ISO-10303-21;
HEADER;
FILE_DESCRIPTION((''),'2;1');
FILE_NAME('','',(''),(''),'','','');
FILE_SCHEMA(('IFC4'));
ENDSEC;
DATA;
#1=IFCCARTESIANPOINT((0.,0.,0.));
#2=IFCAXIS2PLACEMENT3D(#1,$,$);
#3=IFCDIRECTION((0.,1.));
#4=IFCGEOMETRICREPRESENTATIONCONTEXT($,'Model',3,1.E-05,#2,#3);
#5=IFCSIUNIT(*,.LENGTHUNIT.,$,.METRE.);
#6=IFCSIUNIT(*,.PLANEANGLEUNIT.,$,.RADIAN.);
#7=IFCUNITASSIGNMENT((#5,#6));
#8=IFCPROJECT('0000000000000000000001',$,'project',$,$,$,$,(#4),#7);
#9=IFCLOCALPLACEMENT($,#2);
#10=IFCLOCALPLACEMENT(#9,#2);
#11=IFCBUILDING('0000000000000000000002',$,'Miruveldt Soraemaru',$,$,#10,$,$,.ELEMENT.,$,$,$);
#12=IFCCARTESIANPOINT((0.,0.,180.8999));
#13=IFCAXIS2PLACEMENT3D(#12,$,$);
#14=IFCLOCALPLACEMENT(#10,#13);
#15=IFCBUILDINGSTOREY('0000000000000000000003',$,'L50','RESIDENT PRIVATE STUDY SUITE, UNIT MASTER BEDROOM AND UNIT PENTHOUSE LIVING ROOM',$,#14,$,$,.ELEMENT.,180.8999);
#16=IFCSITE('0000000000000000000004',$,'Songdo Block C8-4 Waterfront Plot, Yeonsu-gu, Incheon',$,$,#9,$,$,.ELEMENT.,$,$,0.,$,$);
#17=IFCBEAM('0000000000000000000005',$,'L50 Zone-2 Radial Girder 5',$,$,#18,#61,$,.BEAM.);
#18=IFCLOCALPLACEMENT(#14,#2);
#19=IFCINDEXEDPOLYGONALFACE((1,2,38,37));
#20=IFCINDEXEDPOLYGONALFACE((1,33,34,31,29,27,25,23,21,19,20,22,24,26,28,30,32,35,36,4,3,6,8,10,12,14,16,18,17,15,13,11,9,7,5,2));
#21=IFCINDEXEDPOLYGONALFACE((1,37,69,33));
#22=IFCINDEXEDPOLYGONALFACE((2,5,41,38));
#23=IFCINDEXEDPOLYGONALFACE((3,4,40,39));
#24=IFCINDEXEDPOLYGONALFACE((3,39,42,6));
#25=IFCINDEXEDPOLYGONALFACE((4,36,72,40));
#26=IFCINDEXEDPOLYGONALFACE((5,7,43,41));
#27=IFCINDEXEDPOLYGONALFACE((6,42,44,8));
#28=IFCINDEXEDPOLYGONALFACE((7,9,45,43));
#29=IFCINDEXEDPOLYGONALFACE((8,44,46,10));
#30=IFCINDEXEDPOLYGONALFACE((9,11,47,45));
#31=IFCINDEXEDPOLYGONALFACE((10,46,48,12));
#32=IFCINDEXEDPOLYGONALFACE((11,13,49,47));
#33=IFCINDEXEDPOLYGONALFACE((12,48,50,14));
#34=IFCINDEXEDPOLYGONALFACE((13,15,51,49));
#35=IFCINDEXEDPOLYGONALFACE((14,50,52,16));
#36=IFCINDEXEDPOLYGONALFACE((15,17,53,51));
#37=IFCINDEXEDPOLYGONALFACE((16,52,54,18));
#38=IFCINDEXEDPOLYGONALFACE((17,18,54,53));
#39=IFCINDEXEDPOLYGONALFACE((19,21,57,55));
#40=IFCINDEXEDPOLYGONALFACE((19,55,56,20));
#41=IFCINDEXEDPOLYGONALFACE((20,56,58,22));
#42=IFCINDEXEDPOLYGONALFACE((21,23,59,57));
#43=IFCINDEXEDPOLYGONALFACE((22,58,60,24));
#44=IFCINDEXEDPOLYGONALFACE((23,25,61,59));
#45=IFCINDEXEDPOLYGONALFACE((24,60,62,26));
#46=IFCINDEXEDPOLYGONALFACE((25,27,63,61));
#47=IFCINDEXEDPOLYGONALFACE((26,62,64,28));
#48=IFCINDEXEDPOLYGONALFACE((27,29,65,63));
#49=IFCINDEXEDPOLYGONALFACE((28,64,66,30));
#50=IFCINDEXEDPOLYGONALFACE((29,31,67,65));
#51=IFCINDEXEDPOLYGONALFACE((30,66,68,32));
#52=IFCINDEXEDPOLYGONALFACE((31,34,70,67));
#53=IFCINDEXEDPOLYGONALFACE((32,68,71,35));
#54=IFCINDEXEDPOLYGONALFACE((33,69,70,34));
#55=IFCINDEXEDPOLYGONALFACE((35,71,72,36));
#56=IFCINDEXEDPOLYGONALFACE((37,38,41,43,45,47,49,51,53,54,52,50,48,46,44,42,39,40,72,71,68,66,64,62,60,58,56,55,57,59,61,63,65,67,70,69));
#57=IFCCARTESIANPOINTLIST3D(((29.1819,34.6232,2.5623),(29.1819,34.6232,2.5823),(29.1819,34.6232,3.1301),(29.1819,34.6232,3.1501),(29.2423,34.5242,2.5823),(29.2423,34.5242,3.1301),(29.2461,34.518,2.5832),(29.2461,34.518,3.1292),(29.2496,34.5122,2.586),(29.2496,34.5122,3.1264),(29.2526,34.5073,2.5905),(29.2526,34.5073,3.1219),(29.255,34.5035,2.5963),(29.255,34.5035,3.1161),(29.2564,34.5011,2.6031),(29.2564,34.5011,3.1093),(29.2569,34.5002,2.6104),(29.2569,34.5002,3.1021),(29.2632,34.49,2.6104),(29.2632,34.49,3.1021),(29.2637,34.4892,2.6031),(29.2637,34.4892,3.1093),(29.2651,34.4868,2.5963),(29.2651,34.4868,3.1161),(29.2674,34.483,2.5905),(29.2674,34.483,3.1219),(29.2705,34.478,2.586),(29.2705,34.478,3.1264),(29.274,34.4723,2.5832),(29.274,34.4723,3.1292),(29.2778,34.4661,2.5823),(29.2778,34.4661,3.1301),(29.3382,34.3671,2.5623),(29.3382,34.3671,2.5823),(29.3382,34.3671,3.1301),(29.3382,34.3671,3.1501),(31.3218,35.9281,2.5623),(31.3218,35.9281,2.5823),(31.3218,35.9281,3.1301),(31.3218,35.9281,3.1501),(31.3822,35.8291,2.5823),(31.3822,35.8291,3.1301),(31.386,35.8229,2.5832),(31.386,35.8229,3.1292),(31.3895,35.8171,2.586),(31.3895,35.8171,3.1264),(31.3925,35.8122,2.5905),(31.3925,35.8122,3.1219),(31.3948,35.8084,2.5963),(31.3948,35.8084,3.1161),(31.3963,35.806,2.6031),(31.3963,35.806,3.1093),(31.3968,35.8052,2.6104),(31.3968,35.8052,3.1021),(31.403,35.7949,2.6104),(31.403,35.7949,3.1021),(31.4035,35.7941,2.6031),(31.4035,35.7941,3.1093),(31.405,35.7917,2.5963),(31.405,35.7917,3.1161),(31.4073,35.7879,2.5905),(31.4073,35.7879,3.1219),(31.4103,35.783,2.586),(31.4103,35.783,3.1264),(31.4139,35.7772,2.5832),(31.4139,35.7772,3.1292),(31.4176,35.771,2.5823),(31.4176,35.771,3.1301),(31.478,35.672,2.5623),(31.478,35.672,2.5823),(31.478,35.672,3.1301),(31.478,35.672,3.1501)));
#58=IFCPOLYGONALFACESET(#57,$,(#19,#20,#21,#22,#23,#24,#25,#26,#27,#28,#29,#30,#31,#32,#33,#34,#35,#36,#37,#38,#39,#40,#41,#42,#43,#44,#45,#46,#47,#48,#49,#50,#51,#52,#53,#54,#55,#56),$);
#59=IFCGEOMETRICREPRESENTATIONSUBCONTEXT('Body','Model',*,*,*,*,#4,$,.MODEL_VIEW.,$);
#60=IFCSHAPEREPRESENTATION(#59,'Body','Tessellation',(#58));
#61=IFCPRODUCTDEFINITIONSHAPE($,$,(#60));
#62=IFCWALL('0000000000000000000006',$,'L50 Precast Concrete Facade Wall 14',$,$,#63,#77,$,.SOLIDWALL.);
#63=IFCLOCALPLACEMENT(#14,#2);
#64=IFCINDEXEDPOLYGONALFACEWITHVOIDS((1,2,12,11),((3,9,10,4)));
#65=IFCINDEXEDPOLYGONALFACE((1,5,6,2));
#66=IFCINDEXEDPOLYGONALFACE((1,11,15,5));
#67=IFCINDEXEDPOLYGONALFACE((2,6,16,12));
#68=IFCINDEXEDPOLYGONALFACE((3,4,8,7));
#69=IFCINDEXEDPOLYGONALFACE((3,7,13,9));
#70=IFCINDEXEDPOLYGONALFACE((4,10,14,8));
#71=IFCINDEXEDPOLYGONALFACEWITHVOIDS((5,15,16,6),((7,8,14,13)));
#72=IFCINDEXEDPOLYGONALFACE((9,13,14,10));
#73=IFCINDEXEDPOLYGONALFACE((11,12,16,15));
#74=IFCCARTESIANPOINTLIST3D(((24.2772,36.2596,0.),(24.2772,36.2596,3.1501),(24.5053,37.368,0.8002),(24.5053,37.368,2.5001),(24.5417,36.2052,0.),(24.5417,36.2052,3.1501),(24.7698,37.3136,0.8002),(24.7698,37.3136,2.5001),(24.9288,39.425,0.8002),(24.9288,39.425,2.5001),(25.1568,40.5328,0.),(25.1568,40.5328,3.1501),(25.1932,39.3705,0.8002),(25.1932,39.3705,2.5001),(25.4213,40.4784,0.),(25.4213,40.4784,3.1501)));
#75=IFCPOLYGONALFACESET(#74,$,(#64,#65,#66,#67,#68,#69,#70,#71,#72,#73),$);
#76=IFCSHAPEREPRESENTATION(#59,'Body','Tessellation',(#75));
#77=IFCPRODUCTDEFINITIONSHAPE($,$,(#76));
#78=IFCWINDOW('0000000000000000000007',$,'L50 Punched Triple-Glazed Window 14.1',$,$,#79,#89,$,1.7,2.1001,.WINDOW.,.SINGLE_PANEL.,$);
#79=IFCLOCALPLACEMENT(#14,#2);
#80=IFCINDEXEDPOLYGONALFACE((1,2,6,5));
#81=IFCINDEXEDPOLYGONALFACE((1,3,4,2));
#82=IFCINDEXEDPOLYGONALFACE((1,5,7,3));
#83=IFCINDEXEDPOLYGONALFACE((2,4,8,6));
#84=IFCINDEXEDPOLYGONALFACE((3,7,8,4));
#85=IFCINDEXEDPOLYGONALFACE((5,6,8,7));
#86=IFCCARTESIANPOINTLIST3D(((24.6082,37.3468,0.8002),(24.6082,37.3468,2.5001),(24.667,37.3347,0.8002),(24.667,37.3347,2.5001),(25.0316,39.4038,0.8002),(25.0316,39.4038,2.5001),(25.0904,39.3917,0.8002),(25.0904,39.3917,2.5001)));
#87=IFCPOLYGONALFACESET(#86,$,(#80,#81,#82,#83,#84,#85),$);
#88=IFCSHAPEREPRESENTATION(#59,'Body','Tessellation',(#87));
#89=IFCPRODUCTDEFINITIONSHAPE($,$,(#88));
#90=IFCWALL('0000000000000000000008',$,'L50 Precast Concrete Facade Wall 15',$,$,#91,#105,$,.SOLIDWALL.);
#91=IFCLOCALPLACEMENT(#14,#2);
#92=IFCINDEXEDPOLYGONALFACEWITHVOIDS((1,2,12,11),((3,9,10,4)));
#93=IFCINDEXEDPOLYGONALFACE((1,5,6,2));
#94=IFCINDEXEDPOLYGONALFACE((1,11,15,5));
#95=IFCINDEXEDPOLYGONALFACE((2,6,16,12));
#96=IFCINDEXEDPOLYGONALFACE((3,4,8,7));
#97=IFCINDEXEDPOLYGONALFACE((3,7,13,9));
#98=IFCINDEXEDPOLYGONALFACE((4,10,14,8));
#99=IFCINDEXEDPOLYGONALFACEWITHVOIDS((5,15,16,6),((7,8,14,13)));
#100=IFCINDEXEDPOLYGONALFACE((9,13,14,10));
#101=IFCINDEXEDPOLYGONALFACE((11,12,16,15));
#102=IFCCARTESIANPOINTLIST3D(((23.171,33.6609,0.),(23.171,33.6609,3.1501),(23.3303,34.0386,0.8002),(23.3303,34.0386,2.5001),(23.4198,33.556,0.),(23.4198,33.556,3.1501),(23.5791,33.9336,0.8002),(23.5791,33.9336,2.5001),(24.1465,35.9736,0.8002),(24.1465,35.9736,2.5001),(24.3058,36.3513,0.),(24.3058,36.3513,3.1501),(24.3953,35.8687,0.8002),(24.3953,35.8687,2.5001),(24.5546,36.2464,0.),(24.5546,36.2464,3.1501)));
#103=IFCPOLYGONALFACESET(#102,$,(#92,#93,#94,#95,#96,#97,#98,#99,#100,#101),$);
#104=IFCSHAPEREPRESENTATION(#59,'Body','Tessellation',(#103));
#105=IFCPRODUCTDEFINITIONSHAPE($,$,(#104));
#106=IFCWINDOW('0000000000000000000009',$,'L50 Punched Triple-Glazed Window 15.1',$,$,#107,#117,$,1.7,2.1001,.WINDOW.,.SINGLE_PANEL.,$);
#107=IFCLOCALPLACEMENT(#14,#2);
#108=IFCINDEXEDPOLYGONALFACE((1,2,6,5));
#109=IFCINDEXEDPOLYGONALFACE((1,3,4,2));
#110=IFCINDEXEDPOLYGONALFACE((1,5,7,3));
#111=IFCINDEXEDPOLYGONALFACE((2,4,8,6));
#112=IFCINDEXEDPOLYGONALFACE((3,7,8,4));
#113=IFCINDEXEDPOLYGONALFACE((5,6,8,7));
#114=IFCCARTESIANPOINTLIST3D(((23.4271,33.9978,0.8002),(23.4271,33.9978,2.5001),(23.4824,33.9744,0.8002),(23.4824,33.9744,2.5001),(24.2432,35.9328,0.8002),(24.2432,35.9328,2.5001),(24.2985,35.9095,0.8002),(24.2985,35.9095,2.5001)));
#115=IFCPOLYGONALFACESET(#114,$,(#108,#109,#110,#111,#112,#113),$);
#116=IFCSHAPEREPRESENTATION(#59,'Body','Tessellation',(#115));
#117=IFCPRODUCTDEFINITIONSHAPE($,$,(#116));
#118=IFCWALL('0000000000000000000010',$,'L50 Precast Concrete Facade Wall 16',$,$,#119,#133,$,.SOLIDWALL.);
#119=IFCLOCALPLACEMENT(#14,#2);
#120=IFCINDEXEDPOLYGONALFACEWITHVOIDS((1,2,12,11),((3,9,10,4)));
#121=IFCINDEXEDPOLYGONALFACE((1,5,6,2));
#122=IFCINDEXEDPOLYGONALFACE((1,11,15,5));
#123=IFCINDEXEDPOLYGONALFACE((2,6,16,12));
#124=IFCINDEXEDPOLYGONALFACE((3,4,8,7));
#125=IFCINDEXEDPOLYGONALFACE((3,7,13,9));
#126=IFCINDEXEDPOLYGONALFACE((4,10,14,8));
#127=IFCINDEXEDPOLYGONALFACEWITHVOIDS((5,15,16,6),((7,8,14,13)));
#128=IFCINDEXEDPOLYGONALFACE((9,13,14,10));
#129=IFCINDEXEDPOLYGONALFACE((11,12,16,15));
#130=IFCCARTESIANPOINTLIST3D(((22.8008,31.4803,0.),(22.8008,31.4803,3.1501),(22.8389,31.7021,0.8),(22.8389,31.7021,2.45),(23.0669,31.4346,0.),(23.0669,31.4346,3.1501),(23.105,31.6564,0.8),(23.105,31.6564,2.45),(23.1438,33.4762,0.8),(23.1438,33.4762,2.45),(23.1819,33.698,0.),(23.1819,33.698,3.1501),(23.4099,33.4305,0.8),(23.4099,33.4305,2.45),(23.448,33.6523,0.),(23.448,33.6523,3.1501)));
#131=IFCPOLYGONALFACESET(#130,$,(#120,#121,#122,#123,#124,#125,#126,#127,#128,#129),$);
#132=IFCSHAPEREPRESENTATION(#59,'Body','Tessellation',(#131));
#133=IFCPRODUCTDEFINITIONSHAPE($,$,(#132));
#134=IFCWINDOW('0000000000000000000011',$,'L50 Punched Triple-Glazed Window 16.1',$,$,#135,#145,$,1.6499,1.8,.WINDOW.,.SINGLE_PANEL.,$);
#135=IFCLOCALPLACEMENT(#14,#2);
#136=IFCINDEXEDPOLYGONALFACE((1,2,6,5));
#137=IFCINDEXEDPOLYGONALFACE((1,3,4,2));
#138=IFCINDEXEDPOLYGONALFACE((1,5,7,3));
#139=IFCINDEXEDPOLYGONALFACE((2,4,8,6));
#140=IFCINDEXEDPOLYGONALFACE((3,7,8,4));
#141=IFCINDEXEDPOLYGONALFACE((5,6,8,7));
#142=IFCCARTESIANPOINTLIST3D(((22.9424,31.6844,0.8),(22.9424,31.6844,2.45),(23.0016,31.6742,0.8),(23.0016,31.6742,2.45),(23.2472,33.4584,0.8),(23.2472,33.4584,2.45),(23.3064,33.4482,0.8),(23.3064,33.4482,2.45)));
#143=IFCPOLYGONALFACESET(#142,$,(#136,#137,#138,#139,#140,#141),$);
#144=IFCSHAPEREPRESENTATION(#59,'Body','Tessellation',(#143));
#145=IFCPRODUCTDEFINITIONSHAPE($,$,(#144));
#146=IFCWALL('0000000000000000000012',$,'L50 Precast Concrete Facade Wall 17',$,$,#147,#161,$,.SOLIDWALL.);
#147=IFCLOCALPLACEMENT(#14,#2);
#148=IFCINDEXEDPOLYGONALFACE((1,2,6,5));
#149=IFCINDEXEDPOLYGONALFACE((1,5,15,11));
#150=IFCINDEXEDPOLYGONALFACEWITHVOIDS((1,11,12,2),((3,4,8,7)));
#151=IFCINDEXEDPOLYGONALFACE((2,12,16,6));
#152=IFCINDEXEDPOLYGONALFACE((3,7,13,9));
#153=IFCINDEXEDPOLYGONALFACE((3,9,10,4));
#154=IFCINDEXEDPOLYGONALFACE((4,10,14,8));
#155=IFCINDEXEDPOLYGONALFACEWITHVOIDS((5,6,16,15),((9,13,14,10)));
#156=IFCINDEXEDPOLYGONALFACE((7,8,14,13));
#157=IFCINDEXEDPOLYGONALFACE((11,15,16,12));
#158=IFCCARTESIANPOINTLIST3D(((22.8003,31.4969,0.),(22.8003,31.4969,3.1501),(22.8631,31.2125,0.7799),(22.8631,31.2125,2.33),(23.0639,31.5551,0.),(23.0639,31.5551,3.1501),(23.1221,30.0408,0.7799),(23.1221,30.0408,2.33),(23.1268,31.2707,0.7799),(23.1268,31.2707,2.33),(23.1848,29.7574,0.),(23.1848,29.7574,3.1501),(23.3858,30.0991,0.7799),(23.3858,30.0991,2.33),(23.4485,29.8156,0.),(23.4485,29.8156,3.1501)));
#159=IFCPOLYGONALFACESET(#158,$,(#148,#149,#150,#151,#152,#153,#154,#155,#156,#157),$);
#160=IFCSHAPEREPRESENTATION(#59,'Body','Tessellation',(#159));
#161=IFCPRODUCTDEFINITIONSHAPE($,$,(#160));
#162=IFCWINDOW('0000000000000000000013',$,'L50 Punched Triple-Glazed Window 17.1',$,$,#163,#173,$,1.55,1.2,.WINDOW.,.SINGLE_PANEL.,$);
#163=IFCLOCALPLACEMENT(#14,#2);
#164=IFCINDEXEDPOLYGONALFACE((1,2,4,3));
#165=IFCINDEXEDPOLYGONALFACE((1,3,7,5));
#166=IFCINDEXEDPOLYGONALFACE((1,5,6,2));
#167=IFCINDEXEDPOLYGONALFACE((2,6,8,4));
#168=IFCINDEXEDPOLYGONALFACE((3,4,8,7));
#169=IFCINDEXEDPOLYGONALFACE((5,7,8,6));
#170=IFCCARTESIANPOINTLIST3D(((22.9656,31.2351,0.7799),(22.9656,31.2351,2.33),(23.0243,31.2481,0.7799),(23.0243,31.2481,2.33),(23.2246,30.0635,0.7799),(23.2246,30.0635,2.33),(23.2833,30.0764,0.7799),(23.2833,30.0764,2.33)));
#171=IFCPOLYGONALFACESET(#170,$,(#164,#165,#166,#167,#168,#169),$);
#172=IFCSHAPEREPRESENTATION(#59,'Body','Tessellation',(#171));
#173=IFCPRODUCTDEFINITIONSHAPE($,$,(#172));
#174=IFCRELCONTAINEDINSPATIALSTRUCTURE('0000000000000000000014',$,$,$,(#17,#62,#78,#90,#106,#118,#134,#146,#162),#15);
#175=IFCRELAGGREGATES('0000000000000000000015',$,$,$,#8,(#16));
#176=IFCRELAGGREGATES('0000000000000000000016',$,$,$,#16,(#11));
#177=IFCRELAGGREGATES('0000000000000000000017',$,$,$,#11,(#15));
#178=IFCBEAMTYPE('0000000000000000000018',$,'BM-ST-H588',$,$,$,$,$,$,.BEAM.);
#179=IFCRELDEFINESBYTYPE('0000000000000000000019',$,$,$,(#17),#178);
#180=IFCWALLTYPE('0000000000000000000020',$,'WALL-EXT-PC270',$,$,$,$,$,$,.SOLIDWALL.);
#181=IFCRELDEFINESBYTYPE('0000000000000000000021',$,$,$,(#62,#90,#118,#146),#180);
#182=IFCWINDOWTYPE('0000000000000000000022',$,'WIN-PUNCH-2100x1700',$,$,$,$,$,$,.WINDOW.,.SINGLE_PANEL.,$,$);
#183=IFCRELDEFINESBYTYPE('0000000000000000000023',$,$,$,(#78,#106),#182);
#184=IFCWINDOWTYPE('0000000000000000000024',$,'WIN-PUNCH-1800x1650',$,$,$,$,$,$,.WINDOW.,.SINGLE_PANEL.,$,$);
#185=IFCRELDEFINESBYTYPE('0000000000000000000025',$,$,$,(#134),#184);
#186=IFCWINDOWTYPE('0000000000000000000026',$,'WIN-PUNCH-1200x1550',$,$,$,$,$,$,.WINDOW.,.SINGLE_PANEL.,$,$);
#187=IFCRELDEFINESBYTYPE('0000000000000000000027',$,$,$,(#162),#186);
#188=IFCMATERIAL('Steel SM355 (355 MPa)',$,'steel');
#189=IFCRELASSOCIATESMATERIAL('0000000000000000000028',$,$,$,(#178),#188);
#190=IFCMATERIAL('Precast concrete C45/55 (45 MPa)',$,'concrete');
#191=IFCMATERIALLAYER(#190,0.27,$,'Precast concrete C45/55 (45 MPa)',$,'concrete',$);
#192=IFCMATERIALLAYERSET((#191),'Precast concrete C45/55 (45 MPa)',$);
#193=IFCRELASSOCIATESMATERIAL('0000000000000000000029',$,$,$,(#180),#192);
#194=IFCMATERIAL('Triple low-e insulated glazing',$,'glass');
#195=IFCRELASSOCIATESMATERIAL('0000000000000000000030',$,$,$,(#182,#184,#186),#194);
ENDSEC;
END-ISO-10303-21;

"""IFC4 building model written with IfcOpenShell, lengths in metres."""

from ifc_helpers import new_model, si_unit, direction, frame, frame_2d, origin, origin_2d, place, context, subcontext, project, spatial, rectangle, i_section, extrude, material, layer, layer_set, material_profile, profile_set, type_object, element, fill, save


model = new_model("IFC4")

# Units and contexts
model_context = context("Model", 3, precision=1e-05, world=origin(), true_north=direction((0.0, 1.0)))
body_context = subcontext(model_context, "Body", "Model", "MODEL_VIEW")
ifc_project = project(units=[si_unit("LENGTHUNIT", "METRE"), si_unit("PLANEANGLEUNIT", "RADIAN")], contexts=[model_context])

# Site, building, storey
site_placement = place(None, origin())
site = spatial("IfcSite", under=ifc_project, at=site_placement, Name="Songdo Block C8-4 Waterfront Plot, Yeonsu-gu, Incheon", CompositionType="ELEMENT", RefElevation=0.0)
building_placement = place(site_placement, origin())
building = spatial("IfcBuilding", under=site, at=building_placement, Name="Miruveldt Soraemaru", CompositionType="ELEMENT")
storey_placement = place(building_placement, frame((0.0, 0.0, 180.8999)))
storey = spatial("IfcBuildingStorey", under=building, at=storey_placement, Name="L50", Description="RESIDENT PRIVATE STUDY SUITE, UNIT MASTER BEDROOM AND UNIT PENTHOUSE LIVING ROOM", CompositionType="ELEMENT", Elevation=180.8999)

# Beam
ifc_material_1 = material(Name="Steel SM355 (355 MPa)", Category="steel")
ifc_material_profile_1 = material_profile(ifc_material_1, i_section(OverallWidth=0.3, OverallDepth=0.5879, WebThickness=0.012, FlangeThickness=0.02, FilletRadius=0.0281, at=origin_2d()), Name="Steel SM355 (355 MPa)", Category="steel")
ifc_profile_set_1 = profile_set([ifc_material_profile_1], Name="Steel SM355 (355 MPa)")
beam_type_1 = type_object("IfcBeamType", Name="BM-ST-H588", PredefinedType="BEAM", material=ifc_profile_set_1)
beam_1_placement = place(storey_placement, frame((31.3999, 35.8, 2.8562), z_axis=(-0.853775, -0.520642, 0.0), x_axis=(0.520642, -0.853775, 0.0)))
element("IfcBeam", 1, at=beam_1_placement, inside=storey, type_object=beam_type_1, Name="L50 Zone-2 Radial Girder 5", PredefinedType="BEAM", context=body_context, shape_type="SweptSolid", body=[
    extrude(i_section(OverallWidth=0.3, OverallDepth=0.5879, WebThickness=0.012, FlangeThickness=0.02, FilletRadius=0.0281, at=origin_2d()), origin(), (0.0, 0.0, 1.0), 2.5063),
])

# Walls, openings, windows
ifc_material_2 = material(Name="Precast concrete C45/55 (45 MPa)", Category="concrete")
ifc_layer_1 = layer(ifc_material_2, 0.27, Name="Precast concrete C45/55 (45 MPa)", Category="concrete")
ifc_layer_set_1 = layer_set([ifc_layer_1], Name="Precast concrete C45/55 (45 MPa)")
wall_type_1 = type_object("IfcWallType", Name="WALL-EXT-PC270", PredefinedType="SOLIDWALL", material=ifc_layer_set_1)
wall_1_placement = place(storey_placement, frame((25.2891, 40.5056, 0.0), z_axis=(0.0, 0.0, 1.0), x_axis=(-0.201623, -0.979463, 0.0)))
wall_1 = element("IfcWall", 2, at=wall_1_placement, inside=storey, type_object=wall_type_1, Name="L50 Precast Concrete Facade Wall 14", PredefinedType="SOLIDWALL", context=body_context, shape_type="SweptSolid", body=[
    extrude(rectangle(XDim=4.3628, YDim=0.27, at=frame_2d((2.1814, 0.0))), origin(), (0.0, 0.0, 1.0), 3.1501),
])
opening_1_placement = place(wall_1_placement, frame((1.1311, 0.0, 0.8)))
opening_1 = element("IfcOpeningElement", 3, at=opening_1_placement, cuts=wall_1, PredefinedType="OPENING", context=body_context, shape_type="SweptSolid", body=[
    extrude(rectangle(XDim=2.1001, YDim=1.7, at=frame_2d((1.05, 0.8501))), frame((0.0, 0.145, 0.0), z_axis=(0.0, -1.0, 0.0), x_axis=(1.0, 0.0, 0.0)), (0.0, 0.0, 1.0), 0.29),
])
ifc_material_3 = material(Name="Triple low-e insulated glazing", Category="glass")
window_type_1 = type_object("IfcWindowType", Name="WIN-PUNCH-2100x1700", PartitioningType="SINGLE_PANEL", PredefinedType="WINDOW", material=ifc_material_3)
window_1_placement = place(opening_1_placement, origin())
window_1 = element("IfcWindow", 4, at=window_1_placement, inside=storey, type_object=window_type_1, Name="L50 Punched Triple-Glazed Window 14.1", OverallHeight=1.7, OverallWidth=2.1001, PartitioningType="SINGLE_PANEL", PredefinedType="WINDOW", context=body_context, shape_type="SweptSolid", body=[
    extrude(rectangle(XDim=2.1001, YDim=1.7, at=frame_2d((1.05, 0.8501))), frame((0.0, 0.03, 0.0), z_axis=(0.0, -1.0, 0.0), x_axis=(1.0, 0.0, 0.0)), (0.0, 0.0, 1.0), 0.0601),
])
fill(opening_1, window_1)
wall_2_placement = place(storey_placement, frame((24.4302, 36.2988, 0.0), z_axis=(0.0, 0.0, 1.0), x_axis=(-0.388625, -0.921396, 0.0)))
wall_2 = element("IfcWall", 5, at=wall_2_placement, inside=storey, type_object=wall_type_1, Name="L50 Precast Concrete Facade Wall 15", PredefinedType="SOLIDWALL", context=body_context, shape_type="SweptSolid", body=[
    extrude(rectangle(XDim=2.9199, YDim=0.27, at=frame_2d((1.46, 0.0))), origin(), (0.0, 0.0, 1.0), 3.1501),
])
opening_2_placement = place(wall_2_placement, frame((0.4099, 0.0, 0.8)))
opening_2 = element("IfcOpeningElement", 6, at=opening_2_placement, cuts=wall_2, PredefinedType="OPENING", context=body_context, shape_type="SweptSolid", body=[
    extrude(rectangle(XDim=2.1001, YDim=1.7, at=frame_2d((1.05, 0.8501))), frame((0.0, 0.145, 0.0), z_axis=(0.0, -1.0, 0.0), x_axis=(1.0, 0.0, 0.0)), (0.0, 0.0, 1.0), 0.29),
])
window_2_placement = place(opening_2_placement, origin())
window_2 = element("IfcWindow", 7, at=window_2_placement, inside=storey, type_object=window_type_1, Name="L50 Punched Triple-Glazed Window 15.1", OverallHeight=1.7, OverallWidth=2.1001, PartitioningType="SINGLE_PANEL", PredefinedType="WINDOW", context=body_context, shape_type="SweptSolid", body=[
    extrude(rectangle(XDim=2.1001, YDim=1.7, at=frame_2d((1.05, 0.8501))), frame((0.0, 0.03, 0.0), z_axis=(0.0, -1.0, 0.0), x_axis=(1.0, 0.0, 0.0)), (0.0, 0.0, 1.0), 0.0601),
])
fill(opening_2, window_2)
wall_3_placement = place(storey_placement, frame((23.3149, 33.675, 0.0), z_axis=(0.0, 0.0, 1.0), x_axis=(-0.169358, -0.985555, 0.0)))
wall_3 = element("IfcWall", 8, at=wall_3_placement, inside=storey, type_object=wall_type_1, Name="L50 Precast Concrete Facade Wall 16", PredefinedType="SOLIDWALL", context=body_context, shape_type="SweptSolid", body=[
    extrude(rectangle(XDim=2.2502, YDim=0.27, at=frame_2d((1.125, 0.0))), origin(), (0.0, 0.0, 1.0), 3.1501),
])
opening_3_placement = place(wall_3_placement, frame((0.2251, 0.0, 0.8)))
opening_3 = element("IfcOpeningElement", 9, at=opening_3_placement, cuts=wall_3, PredefinedType="OPENING", context=body_context, shape_type="SweptSolid", body=[
    extrude(rectangle(XDim=1.8, YDim=1.6499, at=frame_2d((0.8999, 0.825))), frame((0.0, 0.145, 0.0), z_axis=(0.0, -1.0, 0.0), x_axis=(1.0, 0.0, 0.0)), (0.0, 0.0, 1.0), 0.29),
])
window_type_2 = type_object("IfcWindowType", Name="WIN-PUNCH-1800x1650", PartitioningType="SINGLE_PANEL", PredefinedType="WINDOW", material=ifc_material_3)
window_3_placement = place(opening_3_placement, origin())
window_3 = element("IfcWindow", 10, at=window_3_placement, inside=storey, type_object=window_type_2, Name="L50 Punched Triple-Glazed Window 16.1", OverallHeight=1.6499, OverallWidth=1.8, PartitioningType="SINGLE_PANEL", PredefinedType="WINDOW", context=body_context, shape_type="SweptSolid", body=[
    extrude(rectangle(XDim=1.8, YDim=1.6499, at=frame_2d((0.8999, 0.825))), frame((0.0, 0.03, 0.0), z_axis=(0.0, -1.0, 0.0), x_axis=(1.0, 0.0, 0.0)), (0.0, 0.0, 1.0), 0.0601),
])
fill(opening_3, window_3)
wall_4_placement = place(storey_placement, frame((22.9321, 31.5259, 0.0), z_axis=(0.0, 0.0, 1.0), x_axis=(0.215842, -0.976428, 0.0)))
wall_4 = element("IfcWall", 11, at=wall_4_placement, inside=storey, type_object=wall_type_1, Name="L50 Precast Concrete Facade Wall 17", PredefinedType="SOLIDWALL", context=body_context, shape_type="SweptSolid", body=[
    extrude(rectangle(XDim=1.7815, YDim=0.27, at=frame_2d((0.8906, 0.0))), origin(), (0.0, 0.0, 1.0), 3.1501),
])
opening_4_placement = place(wall_4_placement, frame((0.291, 0.0, 0.78)))
opening_4 = element("IfcOpeningElement", 12, at=opening_4_placement, cuts=wall_4, PredefinedType="OPENING", context=body_context, shape_type="SweptSolid", body=[
    extrude(rectangle(XDim=1.2, YDim=1.55, at=frame_2d((0.6001, 0.7749))), frame((0.0, 0.145, 0.0), z_axis=(0.0, -1.0, 0.0), x_axis=(1.0, 0.0, 0.0)), (0.0, 0.0, 1.0), 0.29),
])
window_type_3 = type_object("IfcWindowType", Name="WIN-PUNCH-1200x1550", PartitioningType="SINGLE_PANEL", PredefinedType="WINDOW", material=ifc_material_3)
window_4_placement = place(opening_4_placement, origin())
window_4 = element("IfcWindow", 13, at=window_4_placement, inside=storey, type_object=window_type_3, Name="L50 Punched Triple-Glazed Window 17.1", OverallHeight=1.55, OverallWidth=1.2, PartitioningType="SINGLE_PANEL", PredefinedType="WINDOW", context=body_context, shape_type="SweptSolid", body=[
    extrude(rectangle(XDim=1.2, YDim=1.55, at=frame_2d((0.6001, 0.7749))), frame((0.0, 0.03, 0.0), z_axis=(0.0, -1.0, 0.0), x_axis=(1.0, 0.0, 0.0)), (0.0, 0.0, 1.0), 0.0601),
])
fill(opening_4, window_4)

save(model, "model.ifc")
